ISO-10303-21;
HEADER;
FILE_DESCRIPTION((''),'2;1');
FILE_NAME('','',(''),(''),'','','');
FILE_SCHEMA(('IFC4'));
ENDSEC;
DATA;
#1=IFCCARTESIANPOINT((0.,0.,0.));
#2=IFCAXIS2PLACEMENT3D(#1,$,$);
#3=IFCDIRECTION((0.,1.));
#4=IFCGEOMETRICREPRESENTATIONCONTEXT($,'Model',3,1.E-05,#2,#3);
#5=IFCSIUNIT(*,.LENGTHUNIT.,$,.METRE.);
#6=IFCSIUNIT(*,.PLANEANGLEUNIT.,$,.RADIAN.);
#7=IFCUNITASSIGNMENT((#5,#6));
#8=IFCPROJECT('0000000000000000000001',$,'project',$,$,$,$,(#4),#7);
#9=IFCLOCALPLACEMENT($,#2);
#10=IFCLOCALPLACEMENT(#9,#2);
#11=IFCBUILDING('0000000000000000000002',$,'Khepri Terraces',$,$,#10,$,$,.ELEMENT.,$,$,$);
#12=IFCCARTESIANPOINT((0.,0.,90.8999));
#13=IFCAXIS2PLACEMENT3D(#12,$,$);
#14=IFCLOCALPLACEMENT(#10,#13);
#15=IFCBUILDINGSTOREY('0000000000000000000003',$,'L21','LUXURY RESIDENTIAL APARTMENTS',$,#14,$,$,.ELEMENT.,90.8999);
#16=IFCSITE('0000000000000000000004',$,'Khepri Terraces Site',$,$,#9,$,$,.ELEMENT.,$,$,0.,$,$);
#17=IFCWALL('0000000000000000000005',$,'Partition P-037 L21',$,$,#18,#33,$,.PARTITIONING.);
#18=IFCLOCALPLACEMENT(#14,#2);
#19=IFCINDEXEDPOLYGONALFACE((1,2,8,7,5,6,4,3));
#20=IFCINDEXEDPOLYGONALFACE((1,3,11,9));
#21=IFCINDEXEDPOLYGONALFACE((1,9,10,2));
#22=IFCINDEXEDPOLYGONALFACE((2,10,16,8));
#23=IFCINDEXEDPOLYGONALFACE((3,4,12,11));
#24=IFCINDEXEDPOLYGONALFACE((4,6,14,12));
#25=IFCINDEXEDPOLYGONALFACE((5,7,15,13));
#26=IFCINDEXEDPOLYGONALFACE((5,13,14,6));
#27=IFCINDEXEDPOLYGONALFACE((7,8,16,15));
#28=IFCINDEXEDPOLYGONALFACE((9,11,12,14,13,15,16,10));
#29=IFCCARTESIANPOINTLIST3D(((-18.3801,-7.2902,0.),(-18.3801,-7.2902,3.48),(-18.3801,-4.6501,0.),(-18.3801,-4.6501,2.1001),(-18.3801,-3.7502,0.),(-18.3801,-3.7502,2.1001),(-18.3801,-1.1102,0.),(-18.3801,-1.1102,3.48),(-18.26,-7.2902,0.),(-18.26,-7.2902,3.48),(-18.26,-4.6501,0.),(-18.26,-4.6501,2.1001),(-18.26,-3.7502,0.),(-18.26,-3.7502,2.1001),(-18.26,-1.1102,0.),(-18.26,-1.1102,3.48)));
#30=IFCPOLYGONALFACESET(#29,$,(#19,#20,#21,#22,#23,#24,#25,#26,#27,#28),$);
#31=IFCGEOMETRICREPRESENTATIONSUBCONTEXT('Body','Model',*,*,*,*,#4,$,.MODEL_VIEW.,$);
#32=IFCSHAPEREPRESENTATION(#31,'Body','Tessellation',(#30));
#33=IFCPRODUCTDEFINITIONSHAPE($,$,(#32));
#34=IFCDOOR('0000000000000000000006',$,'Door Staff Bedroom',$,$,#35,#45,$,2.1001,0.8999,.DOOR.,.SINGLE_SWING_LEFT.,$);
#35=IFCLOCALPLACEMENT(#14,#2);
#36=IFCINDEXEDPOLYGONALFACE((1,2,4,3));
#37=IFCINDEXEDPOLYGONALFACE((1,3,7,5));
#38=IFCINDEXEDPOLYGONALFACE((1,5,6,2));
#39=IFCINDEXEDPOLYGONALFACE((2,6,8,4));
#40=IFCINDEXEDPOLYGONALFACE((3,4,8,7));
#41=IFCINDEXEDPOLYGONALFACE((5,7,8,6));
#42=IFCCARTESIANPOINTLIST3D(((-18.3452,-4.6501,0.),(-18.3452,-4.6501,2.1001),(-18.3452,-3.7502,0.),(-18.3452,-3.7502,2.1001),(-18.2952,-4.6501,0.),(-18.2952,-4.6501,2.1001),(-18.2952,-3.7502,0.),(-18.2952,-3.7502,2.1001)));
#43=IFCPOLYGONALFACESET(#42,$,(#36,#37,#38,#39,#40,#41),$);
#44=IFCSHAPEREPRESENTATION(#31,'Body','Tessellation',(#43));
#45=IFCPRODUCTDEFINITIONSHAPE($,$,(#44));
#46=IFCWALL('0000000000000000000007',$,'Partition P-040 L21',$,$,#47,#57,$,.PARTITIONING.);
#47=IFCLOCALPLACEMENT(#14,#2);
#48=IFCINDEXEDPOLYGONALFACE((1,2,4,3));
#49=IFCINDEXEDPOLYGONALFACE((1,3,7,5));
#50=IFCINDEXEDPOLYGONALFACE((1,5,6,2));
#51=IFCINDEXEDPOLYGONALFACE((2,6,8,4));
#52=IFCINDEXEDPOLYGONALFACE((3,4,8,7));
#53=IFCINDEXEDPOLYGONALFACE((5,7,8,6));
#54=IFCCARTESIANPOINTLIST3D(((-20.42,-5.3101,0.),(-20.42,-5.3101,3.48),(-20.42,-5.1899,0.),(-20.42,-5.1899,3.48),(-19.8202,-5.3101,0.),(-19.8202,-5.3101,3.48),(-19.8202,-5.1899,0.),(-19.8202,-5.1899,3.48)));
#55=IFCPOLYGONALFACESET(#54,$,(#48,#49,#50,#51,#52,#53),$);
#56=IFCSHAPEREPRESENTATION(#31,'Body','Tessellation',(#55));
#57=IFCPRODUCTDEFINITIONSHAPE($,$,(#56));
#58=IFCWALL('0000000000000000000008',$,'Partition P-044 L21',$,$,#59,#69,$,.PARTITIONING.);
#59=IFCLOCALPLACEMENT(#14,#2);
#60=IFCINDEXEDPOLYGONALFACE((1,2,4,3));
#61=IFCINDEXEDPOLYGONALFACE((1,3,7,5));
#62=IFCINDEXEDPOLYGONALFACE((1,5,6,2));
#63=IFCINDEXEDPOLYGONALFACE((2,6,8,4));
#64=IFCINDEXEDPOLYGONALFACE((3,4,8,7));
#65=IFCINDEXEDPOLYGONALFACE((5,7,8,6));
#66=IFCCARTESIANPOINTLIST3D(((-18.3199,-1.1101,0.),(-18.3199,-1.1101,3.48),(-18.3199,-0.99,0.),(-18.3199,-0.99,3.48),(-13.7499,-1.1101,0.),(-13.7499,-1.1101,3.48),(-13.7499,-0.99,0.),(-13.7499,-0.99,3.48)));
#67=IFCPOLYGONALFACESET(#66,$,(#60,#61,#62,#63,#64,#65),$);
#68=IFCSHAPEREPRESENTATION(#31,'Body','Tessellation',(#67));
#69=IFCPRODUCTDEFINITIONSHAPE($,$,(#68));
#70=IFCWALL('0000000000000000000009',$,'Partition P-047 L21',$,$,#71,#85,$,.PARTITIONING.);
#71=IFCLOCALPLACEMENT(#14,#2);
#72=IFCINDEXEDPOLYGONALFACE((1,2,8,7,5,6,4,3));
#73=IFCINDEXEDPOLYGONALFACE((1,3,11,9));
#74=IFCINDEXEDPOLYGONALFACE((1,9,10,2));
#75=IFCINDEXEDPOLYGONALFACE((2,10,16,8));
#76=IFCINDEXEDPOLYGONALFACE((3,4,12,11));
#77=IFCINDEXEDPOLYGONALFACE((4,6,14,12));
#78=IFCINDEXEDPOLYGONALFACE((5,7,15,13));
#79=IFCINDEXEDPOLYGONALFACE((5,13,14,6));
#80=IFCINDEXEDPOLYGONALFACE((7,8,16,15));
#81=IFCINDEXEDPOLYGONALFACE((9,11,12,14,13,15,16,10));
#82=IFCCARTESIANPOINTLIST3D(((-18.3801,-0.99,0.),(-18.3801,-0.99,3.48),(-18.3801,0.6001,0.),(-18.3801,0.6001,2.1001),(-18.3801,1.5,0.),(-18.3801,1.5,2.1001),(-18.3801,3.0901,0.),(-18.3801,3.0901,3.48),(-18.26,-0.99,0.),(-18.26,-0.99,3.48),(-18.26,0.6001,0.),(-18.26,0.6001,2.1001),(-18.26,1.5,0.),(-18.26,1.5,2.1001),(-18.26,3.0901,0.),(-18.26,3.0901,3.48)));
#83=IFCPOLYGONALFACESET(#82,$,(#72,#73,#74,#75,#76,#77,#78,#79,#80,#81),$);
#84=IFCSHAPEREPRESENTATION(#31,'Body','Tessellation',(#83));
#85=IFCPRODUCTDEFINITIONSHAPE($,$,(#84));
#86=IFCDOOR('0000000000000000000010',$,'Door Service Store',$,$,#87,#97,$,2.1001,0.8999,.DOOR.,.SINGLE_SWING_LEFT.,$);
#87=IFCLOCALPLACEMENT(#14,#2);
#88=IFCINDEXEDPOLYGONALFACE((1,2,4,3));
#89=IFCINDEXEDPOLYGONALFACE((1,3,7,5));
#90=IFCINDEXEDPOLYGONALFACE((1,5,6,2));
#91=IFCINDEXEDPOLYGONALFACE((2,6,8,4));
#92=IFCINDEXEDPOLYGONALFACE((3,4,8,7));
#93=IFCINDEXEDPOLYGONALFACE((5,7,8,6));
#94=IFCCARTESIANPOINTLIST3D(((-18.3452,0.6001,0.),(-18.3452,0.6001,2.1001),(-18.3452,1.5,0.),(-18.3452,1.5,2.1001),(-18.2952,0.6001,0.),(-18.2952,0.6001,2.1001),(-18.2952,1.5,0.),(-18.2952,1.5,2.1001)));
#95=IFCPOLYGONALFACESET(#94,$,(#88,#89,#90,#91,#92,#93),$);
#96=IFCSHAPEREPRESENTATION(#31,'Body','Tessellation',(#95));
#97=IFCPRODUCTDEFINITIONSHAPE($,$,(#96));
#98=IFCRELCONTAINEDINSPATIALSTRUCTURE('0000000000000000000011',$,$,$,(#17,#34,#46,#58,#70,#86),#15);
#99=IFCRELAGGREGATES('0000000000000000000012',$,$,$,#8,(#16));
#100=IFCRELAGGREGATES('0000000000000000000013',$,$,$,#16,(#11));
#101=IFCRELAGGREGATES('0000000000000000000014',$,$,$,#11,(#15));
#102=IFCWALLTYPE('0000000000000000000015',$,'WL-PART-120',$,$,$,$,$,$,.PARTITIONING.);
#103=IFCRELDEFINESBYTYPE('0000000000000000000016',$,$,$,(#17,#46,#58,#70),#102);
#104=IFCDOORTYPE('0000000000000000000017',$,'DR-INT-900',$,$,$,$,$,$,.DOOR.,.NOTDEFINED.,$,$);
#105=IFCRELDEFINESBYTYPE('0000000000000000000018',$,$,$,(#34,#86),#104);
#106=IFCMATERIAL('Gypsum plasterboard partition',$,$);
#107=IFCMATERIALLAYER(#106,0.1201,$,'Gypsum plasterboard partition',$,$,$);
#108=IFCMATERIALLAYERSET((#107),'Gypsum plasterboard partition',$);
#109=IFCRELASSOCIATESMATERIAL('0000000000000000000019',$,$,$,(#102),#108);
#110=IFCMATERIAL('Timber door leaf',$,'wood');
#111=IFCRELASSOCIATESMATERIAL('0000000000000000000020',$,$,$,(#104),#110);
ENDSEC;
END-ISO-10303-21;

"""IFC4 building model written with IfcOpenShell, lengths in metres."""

from ifc_helpers import new_model, si_unit, direction, frame, frame_2d, origin, place, context, subcontext, project, spatial, rectangle, extrude, material, layer, layer_set, type_object, element, fill, save


model = new_model("IFC4")

# Units and contexts
model_context = context("Model", 3, precision=1e-05, world=origin(), true_north=direction((0.0, 1.0)))
body_context = subcontext(model_context, "Body", "Model", "MODEL_VIEW")
ifc_project = project(units=[si_unit("LENGTHUNIT", "METRE"), si_unit("PLANEANGLEUNIT", "RADIAN")], contexts=[model_context])

# Site, building, storey
site_placement = place(None, origin())
site = spatial("IfcSite", under=ifc_project, at=site_placement, Name="Khepri Terraces Site", CompositionType="ELEMENT", RefElevation=0.0)
building_placement = place(site_placement, origin())
building = spatial("IfcBuilding", under=site, at=building_placement, Name="Khepri Terraces", CompositionType="ELEMENT")
storey_placement = place(building_placement, frame((0.0, 0.0, 90.8999)))
storey = spatial("IfcBuildingStorey", under=building, at=storey_placement, Name="L21", Description="LUXURY RESIDENTIAL APARTMENTS", CompositionType="ELEMENT", Elevation=90.8999)

# Shared definitions
ifc_material_1 = material(Name="Gypsum plasterboard partition")
ifc_layer_1 = layer(ifc_material_1, 0.1201, Name="Gypsum plasterboard partition")
ifc_layer_set_1 = layer_set([ifc_layer_1], Name="Gypsum plasterboard partition")
wall_type_1 = type_object("IfcWallType", Name="WL-PART-120", PredefinedType="PARTITIONING", material=ifc_layer_set_1)

# Wall, opening, door
wall_1_placement = place(storey_placement, frame((-18.3201, -7.29, 0.0), z_axis=(0.0, 0.0, 1.0), x_axis=(0.0, 1.0, 0.0)))
wall_1 = element("IfcWall", 1, at=wall_1_placement, inside=storey, type_object=wall_type_1, Name="Partition P-037 L21", PredefinedType="PARTITIONING", context=body_context, shape_type="SweptSolid", body=[
    extrude(rectangle(XDim=6.1799, YDim=0.1201, at=frame_2d((3.0898, 0.0))), origin(), (0.0, 0.0, 1.0), 3.48),
])
opening_1_placement = place(wall_1_placement, frame((2.6399, 0.0, 0.0)))
opening_1 = element("IfcOpeningElement", 2, at=opening_1_placement, cuts=wall_1, PredefinedType="OPENING", context=body_context, shape_type="SweptSolid", body=[
    extrude(rectangle(XDim=0.8999, YDim=2.1001, at=frame_2d((0.45, 1.05))), frame((0.0, 0.0701, 0.0), z_axis=(0.0, -1.0, 0.0), x_axis=(1.0, 0.0, 0.0)), (0.0, 0.0, 1.0), 0.1401),
])
ifc_material_2 = material(Name="Timber door leaf", Category="wood")
door_type_1 = type_object("IfcDoorType", Name="DR-INT-900", OperationType="NOTDEFINED", PredefinedType="DOOR", material=ifc_material_2)
door_1_placement = place(opening_1_placement, frame((0.8999, 0.0, 0.0), z_axis=(0.0, 0.0, 1.0), x_axis=(-1.0, 0.0, 0.0)))
door_1 = element("IfcDoor", 3, at=door_1_placement, inside=storey, type_object=door_type_1, Name="Door Staff Bedroom", OperationType="SINGLE_SWING_LEFT", OverallHeight=2.1001, OverallWidth=0.8999, PredefinedType="DOOR", context=body_context, shape_type="SweptSolid", body=[
    extrude(rectangle(XDim=0.8999, YDim=2.1001, at=frame_2d((0.45, 1.05))), frame((0.0, 0.0249, 0.0), z_axis=(0.0, -1.0, 0.0), x_axis=(1.0, 0.0, 0.0)), (0.0, 0.0, 1.0), 0.05),
])
fill(opening_1, door_1)

# Walls
wall_2_placement = place(storey_placement, frame((-20.4199, -5.25, 0.0), z_axis=(0.0, 0.0, 1.0), x_axis=(1.0, 0.0, 0.0)))
element("IfcWall", 4, at=wall_2_placement, inside=storey, type_object=wall_type_1, Name="Partition P-040 L21", PredefinedType="PARTITIONING", context=body_context, shape_type="SweptSolid", body=[
    extrude(rectangle(XDim=0.5999, YDim=0.1201, at=frame_2d((0.2998, 0.0))), origin(), (0.0, 0.0, 1.0), 3.48),
])
wall_3_placement = place(storey_placement, frame((-18.3201, -1.05, 0.0), z_axis=(0.0, 0.0, 1.0), x_axis=(1.0, 0.0, 0.0)))
element("IfcWall", 5, at=wall_3_placement, inside=storey, type_object=wall_type_1, Name="Partition P-044 L21", PredefinedType="PARTITIONING", context=body_context, shape_type="SweptSolid", body=[
    extrude(rectangle(XDim=4.5701, YDim=0.1201, at=frame_2d((2.2852, 0.0))), origin(), (0.0, 0.0, 1.0), 3.48),
])

# Wall, opening, door
wall_4_placement = place(storey_placement, frame((-18.3201, -0.99, 0.0), z_axis=(0.0, 0.0, 1.0), x_axis=(0.0, 1.0, 0.0)))
wall_4 = element("IfcWall", 6, at=wall_4_placement, inside=storey, type_object=wall_type_1, Name="Partition P-047 L21", PredefinedType="PARTITIONING", context=body_context, shape_type="SweptSolid", body=[
    extrude(rectangle(XDim=4.0801, YDim=0.1201, at=frame_2d((2.04, 0.0))), origin(), (0.0, 0.0, 1.0), 3.48),
])
opening_2_placement = place(wall_4_placement, frame((1.5901, 0.0, 0.0)))
opening_2 = element("IfcOpeningElement", 7, at=opening_2_placement, cuts=wall_4, PredefinedType="OPENING", context=body_context, shape_type="SweptSolid", body=[
    extrude(rectangle(XDim=0.8999, YDim=2.1001, at=frame_2d((0.45, 1.05))), frame((0.0, 0.0701, 0.0), z_axis=(0.0, -1.0, 0.0), x_axis=(1.0, 0.0, 0.0)), (0.0, 0.0, 1.0), 0.1401),
])
door_2_placement = place(opening_2_placement, frame((0.8999, 0.0, 0.0), z_axis=(0.0, 0.0, 1.0), x_axis=(-1.0, 0.0, 0.0)))
door_2 = element("IfcDoor", 8, at=door_2_placement, inside=storey, type_object=door_type_1, Name="Door Service Store", OperationType="SINGLE_SWING_LEFT", OverallHeight=2.1001, OverallWidth=0.8999, PredefinedType="DOOR", context=body_context, shape_type="SweptSolid", body=[
    extrude(rectangle(XDim=0.8999, YDim=2.1001, at=frame_2d((0.45, 1.05))), frame((0.0, 0.0249, 0.0), z_axis=(0.0, -1.0, 0.0), x_axis=(1.0, 0.0, 0.0)), (0.0, 0.0, 1.0), 0.05),
])
fill(opening_2, door_2)

save(model, "model.ifc")
